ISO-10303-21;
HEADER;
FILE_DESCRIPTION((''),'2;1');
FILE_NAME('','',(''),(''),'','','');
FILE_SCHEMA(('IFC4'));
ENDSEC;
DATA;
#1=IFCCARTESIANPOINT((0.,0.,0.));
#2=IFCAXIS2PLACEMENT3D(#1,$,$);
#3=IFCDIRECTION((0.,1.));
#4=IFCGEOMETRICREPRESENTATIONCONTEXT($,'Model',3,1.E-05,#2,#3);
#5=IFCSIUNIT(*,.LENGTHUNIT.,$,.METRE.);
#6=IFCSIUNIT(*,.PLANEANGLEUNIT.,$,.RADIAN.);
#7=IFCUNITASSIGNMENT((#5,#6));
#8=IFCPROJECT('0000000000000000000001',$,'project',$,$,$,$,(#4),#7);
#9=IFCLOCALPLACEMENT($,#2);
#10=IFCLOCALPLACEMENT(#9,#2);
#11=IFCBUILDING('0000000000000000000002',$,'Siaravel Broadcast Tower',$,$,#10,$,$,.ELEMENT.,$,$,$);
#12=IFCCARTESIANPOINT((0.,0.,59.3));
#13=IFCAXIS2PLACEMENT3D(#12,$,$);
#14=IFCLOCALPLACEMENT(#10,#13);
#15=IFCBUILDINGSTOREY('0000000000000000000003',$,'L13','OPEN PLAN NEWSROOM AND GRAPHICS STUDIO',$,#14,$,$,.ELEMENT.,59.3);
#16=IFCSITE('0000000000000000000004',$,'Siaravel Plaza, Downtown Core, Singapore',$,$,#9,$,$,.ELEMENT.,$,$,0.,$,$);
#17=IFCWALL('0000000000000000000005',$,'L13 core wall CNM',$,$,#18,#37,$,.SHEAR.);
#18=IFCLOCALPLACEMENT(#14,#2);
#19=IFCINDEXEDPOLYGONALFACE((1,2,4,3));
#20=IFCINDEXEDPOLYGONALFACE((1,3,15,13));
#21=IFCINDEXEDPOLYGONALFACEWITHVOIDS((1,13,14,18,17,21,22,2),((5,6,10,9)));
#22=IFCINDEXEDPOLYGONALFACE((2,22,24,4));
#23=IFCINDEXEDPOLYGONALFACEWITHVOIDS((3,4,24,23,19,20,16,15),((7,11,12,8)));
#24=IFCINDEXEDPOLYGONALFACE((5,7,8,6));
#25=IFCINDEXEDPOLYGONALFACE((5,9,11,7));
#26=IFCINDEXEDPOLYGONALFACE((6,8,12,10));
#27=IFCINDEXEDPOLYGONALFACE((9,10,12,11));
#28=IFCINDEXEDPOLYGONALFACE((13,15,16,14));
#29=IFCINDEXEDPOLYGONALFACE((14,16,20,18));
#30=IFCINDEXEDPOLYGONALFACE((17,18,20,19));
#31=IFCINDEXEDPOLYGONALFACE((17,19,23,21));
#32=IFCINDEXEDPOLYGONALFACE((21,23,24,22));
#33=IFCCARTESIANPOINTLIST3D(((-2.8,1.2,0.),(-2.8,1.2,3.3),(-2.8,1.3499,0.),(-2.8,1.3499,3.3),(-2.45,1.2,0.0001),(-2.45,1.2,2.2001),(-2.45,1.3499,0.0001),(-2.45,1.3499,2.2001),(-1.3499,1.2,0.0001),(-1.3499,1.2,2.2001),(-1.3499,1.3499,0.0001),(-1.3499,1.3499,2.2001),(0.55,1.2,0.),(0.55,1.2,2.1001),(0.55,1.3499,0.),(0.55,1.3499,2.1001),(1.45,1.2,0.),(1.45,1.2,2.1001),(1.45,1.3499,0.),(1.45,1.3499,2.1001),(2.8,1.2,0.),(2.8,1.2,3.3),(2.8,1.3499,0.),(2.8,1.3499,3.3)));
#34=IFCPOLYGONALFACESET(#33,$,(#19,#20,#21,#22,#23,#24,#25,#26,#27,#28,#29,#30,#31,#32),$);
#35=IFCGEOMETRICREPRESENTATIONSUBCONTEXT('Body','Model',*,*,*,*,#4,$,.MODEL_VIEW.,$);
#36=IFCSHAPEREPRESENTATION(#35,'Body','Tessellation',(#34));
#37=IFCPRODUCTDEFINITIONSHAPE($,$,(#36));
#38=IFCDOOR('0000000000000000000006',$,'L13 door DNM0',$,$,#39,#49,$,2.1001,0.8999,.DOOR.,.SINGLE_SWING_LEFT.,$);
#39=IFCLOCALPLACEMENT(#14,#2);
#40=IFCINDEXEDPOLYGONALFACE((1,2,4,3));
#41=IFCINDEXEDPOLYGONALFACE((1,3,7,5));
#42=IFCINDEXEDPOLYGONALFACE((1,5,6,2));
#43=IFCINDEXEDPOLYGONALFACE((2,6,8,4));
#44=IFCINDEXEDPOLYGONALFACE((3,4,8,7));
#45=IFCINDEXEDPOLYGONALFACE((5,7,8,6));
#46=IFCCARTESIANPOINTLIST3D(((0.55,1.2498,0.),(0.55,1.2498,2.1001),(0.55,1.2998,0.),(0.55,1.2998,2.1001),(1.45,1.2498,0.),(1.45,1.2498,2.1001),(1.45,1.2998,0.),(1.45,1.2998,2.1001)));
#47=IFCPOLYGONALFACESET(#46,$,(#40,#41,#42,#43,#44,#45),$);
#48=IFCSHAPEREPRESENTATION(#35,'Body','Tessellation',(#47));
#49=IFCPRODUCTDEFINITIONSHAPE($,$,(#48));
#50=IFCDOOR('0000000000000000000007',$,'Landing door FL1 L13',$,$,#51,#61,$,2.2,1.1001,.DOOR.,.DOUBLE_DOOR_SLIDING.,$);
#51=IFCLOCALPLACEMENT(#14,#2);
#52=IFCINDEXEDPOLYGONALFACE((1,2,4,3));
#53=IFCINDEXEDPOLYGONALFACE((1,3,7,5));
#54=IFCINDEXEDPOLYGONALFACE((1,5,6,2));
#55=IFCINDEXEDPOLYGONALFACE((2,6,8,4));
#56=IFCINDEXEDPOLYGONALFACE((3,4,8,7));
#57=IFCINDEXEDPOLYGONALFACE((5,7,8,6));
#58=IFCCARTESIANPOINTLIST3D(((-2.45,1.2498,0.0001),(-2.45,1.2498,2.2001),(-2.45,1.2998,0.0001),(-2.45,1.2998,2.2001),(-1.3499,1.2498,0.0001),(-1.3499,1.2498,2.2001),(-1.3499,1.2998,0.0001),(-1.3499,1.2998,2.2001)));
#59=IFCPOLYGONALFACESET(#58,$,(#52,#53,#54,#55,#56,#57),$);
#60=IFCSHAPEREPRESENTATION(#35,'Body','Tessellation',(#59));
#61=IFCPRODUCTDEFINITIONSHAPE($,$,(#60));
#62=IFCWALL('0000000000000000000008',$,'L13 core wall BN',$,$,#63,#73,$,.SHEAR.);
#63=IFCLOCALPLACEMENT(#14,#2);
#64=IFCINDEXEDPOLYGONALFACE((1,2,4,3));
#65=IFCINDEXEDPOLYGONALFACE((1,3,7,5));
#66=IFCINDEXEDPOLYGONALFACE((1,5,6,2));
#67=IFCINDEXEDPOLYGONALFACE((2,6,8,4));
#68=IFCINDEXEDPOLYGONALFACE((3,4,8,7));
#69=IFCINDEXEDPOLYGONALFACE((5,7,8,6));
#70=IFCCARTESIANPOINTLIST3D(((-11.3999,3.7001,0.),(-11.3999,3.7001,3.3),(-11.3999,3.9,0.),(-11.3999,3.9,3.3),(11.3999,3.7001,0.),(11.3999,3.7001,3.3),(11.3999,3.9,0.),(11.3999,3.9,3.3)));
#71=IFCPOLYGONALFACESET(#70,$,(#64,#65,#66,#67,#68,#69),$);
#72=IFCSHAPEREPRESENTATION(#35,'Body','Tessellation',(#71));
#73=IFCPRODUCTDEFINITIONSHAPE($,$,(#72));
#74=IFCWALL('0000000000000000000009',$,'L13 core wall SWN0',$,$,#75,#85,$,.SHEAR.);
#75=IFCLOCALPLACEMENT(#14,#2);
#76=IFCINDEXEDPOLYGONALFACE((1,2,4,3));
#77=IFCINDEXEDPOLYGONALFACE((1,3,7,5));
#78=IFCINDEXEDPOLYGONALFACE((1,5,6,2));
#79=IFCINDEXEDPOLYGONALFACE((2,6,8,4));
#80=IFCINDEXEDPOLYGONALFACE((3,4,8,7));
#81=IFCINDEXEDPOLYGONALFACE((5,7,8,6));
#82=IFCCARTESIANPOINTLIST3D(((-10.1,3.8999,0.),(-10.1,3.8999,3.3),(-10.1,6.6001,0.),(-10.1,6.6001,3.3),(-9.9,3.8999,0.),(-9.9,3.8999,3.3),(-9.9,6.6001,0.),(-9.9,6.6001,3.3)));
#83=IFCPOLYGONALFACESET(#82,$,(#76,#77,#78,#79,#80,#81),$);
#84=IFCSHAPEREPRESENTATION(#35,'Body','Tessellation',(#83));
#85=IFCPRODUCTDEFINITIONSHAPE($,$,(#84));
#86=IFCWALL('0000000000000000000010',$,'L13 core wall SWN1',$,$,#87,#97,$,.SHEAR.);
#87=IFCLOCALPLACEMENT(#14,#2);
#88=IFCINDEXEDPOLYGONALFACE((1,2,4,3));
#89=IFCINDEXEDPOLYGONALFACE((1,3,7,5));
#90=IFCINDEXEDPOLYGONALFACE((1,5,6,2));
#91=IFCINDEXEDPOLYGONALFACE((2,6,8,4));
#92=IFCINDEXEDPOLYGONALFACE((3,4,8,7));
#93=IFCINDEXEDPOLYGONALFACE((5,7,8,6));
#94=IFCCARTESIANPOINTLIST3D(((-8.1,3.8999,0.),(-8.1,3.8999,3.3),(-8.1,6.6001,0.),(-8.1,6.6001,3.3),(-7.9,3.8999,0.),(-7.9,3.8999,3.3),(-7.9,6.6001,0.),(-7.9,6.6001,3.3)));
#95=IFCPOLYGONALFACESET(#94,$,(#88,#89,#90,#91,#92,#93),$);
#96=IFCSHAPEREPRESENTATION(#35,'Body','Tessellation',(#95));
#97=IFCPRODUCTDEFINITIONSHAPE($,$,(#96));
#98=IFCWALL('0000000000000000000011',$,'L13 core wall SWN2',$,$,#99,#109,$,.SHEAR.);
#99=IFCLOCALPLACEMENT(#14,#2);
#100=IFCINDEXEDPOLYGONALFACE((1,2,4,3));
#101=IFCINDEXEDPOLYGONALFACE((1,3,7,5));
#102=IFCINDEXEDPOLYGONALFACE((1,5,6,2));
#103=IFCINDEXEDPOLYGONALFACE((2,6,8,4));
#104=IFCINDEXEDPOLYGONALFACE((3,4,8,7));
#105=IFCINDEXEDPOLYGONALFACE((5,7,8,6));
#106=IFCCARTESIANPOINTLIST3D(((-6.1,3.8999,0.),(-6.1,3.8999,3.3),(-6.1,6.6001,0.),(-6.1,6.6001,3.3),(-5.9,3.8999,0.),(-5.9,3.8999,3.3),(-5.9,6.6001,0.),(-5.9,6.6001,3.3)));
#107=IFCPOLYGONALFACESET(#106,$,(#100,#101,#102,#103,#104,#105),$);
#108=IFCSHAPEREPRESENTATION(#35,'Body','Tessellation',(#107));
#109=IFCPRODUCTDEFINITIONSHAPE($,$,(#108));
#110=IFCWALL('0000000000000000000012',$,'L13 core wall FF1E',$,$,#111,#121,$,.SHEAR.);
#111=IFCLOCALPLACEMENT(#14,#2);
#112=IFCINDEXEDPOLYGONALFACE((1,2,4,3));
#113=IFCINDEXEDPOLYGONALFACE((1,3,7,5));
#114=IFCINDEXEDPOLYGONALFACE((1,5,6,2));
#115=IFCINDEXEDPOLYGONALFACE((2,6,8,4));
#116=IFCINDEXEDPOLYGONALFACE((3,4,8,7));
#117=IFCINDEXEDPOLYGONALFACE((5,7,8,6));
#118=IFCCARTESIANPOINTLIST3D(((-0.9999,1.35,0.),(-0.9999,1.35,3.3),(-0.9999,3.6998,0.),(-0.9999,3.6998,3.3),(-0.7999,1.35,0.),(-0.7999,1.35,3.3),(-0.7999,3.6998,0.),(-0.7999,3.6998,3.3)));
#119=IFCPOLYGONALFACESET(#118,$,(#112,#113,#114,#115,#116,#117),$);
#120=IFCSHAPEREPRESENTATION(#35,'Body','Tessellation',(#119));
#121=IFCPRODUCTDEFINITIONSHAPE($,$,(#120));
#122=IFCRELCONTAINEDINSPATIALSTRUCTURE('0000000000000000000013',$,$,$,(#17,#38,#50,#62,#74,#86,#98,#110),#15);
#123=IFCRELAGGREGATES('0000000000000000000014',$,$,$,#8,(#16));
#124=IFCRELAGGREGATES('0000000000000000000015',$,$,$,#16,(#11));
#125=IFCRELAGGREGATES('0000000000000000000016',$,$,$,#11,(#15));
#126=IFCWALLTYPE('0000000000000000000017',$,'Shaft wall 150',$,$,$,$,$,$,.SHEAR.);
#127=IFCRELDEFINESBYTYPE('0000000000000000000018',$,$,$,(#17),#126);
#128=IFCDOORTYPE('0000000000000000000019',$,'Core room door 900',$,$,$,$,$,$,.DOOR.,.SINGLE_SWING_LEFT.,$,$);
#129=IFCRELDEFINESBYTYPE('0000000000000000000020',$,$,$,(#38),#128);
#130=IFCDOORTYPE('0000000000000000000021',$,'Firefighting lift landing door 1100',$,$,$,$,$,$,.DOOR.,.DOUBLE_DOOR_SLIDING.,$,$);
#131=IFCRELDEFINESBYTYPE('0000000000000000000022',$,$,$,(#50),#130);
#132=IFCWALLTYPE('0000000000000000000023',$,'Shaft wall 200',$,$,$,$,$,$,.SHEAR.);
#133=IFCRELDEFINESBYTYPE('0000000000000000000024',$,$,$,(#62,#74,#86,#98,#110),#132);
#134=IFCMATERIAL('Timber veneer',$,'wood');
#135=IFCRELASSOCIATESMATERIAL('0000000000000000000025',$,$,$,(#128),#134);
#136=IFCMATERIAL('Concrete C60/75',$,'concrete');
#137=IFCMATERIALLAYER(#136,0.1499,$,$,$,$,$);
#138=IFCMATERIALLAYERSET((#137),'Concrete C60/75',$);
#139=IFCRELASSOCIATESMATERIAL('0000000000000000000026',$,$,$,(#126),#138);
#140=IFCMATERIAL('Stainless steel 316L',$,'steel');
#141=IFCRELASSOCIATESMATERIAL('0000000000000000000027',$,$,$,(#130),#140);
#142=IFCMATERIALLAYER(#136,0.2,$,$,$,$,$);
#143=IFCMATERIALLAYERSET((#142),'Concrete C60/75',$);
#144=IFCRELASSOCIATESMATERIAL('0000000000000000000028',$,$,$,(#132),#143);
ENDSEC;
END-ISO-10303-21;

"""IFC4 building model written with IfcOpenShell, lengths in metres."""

from ifc_helpers import new_model, si_unit, direction, frame, frame_2d, origin, place, context, subcontext, project, spatial, rectangle, extrude, material, layer, layer_set, type_object, element, fill, save


model = new_model("IFC4")

# Units and contexts
model_context = context("Model", 3, precision=1e-05, world=origin(), true_north=direction((0.0, 1.0)))
body_context = subcontext(model_context, "Body", "Model", "MODEL_VIEW")
ifc_project = project(units=[si_unit("LENGTHUNIT", "METRE"), si_unit("PLANEANGLEUNIT", "RADIAN")], contexts=[model_context])

# Site, building, storey
site_placement = place(None, origin())
site = spatial("IfcSite", under=ifc_project, at=site_placement, Name="Siaravel Plaza, Downtown Core, Singapore", CompositionType="ELEMENT", RefElevation=0.0)
building_placement = place(site_placement, origin())
building = spatial("IfcBuilding", under=site, at=building_placement, Name="Siaravel Broadcast Tower", CompositionType="ELEMENT")
storey_placement = place(building_placement, frame((0.0, 0.0, 59.3)))
storey = spatial("IfcBuildingStorey", under=building, at=storey_placement, Name="L13", Description="OPEN PLAN NEWSROOM AND GRAPHICS STUDIO", CompositionType="ELEMENT", Elevation=59.3)

# Shared definitions
ifc_material_1 = material(Name="Concrete C60/75", Category="concrete")
ifc_material_2 = material(Name="Timber veneer", Category="wood")
door_type_1 = type_object("IfcDoorType", Name="Core room door 900", OperationType="SINGLE_SWING_LEFT", PredefinedType="DOOR", material=ifc_material_2)
ifc_material_3 = material(Name="Stainless steel 316L", Category="steel")

# Wall, openings, doors
ifc_layer_1 = layer(ifc_material_1, 0.1499)
ifc_layer_set_1 = layer_set([ifc_layer_1], Name="Concrete C60/75")
wall_type_1 = type_object("IfcWallType", Name="Shaft wall 150", PredefinedType="SHEAR", material=ifc_layer_set_1)
wall_1_placement = place(storey_placement, frame((-2.8, 1.2749, 0.0), z_axis=(0.0, 0.0, 1.0), x_axis=(1.0, 0.0, 0.0)))
wall_1 = element("IfcWall", 1, at=wall_1_placement, inside=storey, type_object=wall_type_1, Name="L13 core wall CNM", PredefinedType="SHEAR", context=body_context, shape_type="SweptSolid", body=[
    extrude(rectangle(XDim=5.6001, YDim=0.1499, at=frame_2d((2.8, 0.0))), origin(), (0.0, 0.0, 1.0), 3.3),
])
opening_1_placement = place(wall_1_placement, frame((0.3501, 0.0, 0.0)))
opening_1 = element("IfcOpeningElement", 2, at=opening_1_placement, cuts=wall_1, PredefinedType="OPENING", context=body_context, shape_type="SweptSolid", body=[
    extrude(rectangle(XDim=1.1001, YDim=2.2, at=frame_2d((0.55, 1.1001))), frame((0.0, 0.085, 0.0), z_axis=(0.0, -1.0, 0.0), x_axis=(1.0, 0.0, 0.0)), (0.0, 0.0, 1.0), 0.1699),
])
opening_2_placement = place(wall_1_placement, frame((3.3501, 0.0, 0.0)))
opening_2 = element("IfcOpeningElement", 3, at=opening_2_placement, cuts=wall_1, PredefinedType="OPENING", context=body_context, shape_type="SweptSolid", body=[
    extrude(rectangle(XDim=0.8999, YDim=2.1001, at=frame_2d((0.45, 1.05))), frame((0.0, 0.085, 0.0), z_axis=(0.0, -1.0, 0.0), x_axis=(1.0, 0.0, 0.0)), (0.0, 0.0, 1.0), 0.1699),
])
door_1_placement = place(opening_2_placement, origin())
door_1 = element("IfcDoor", 4, at=door_1_placement, inside=storey, type_object=door_type_1, Name="L13 door DNM0", OperationType="SINGLE_SWING_LEFT", OverallHeight=2.1001, OverallWidth=0.8999, PredefinedType="DOOR", context=body_context, shape_type="SweptSolid", body=[
    extrude(rectangle(XDim=0.8999, YDim=2.1001, at=frame_2d((0.45, 1.05))), frame((0.0, 0.0249, 0.0), z_axis=(0.0, -1.0, 0.0), x_axis=(1.0, 0.0, 0.0)), (0.0, 0.0, 1.0), 0.05),
])
fill(opening_2, door_1)
door_type_2 = type_object("IfcDoorType", Name="Firefighting lift landing door 1100", OperationType="DOUBLE_DOOR_SLIDING", PredefinedType="DOOR", material=ifc_material_3)
door_2_placement = place(opening_1_placement, origin())
door_2 = element("IfcDoor", 5, at=door_2_placement, inside=storey, type_object=door_type_2, Name="Landing door FL1 L13", OperationType="DOUBLE_DOOR_SLIDING", OverallHeight=2.2, OverallWidth=1.1001, PredefinedType="DOOR", context=body_context, shape_type="SweptSolid", body=[
    extrude(rectangle(XDim=1.1001, YDim=2.2, at=frame_2d((0.55, 1.1001))), frame((0.0, 0.0249, 0.0), z_axis=(0.0, -1.0, 0.0), x_axis=(1.0, 0.0, 0.0)), (0.0, 0.0, 1.0), 0.05),
])
fill(opening_1, door_2)

# Walls
ifc_layer_2 = layer(ifc_material_1, 0.2)
ifc_layer_set_2 = layer_set([ifc_layer_2], Name="Concrete C60/75")
wall_type_2 = type_object("IfcWallType", Name="Shaft wall 200", PredefinedType="SHEAR", material=ifc_layer_set_2)
wall_2_placement = place(storey_placement, frame((-11.3999, 3.8, 0.0), z_axis=(0.0, 0.0, 1.0), x_axis=(1.0, 0.0, 0.0)))
element("IfcWall", 6, at=wall_2_placement, inside=storey, type_object=wall_type_2, Name="L13 core wall BN", PredefinedType="SHEAR", context=body_context, shape_type="SweptSolid", body=[
    extrude(rectangle(XDim=22.7998, YDim=0.2, at=frame_2d((11.3999, 0.0))), origin(), (0.0, 0.0, 1.0), 3.3),
])
for number, where, z_axis, x_axis, name in (
    (7, (-10.0, 3.8999, 0.0), (0.0, 0.0, 1.0), (0.0, 1.0, 0.0), "L13 core wall SWN0"),
    (8, (-8.0, 3.8999, 0.0), (0.0, 0.0, 1.0), (0.0, 1.0, 0.0), "L13 core wall SWN1"),
    (9, (-6.0, 3.8999, 0.0), (0.0, 0.0, 1.0), (0.0, 1.0, 0.0), "L13 core wall SWN2"),
):
    element("IfcWall", number, at=place(storey_placement, frame(where, z_axis=z_axis, x_axis=x_axis)), inside=storey, type_object=wall_type_2, Name=name, PredefinedType="SHEAR", context=body_context, shape_type="SweptSolid", body=[
        extrude(rectangle(XDim=2.7002, YDim=0.2, at=frame_2d((1.3501, 0.0))), origin(), (0.0, 0.0, 1.0), 3.3),
    ])
wall_3_placement = place(storey_placement, frame((-0.8999, 1.3501, 0.0), z_axis=(0.0, 0.0, 1.0), x_axis=(0.0, 1.0, 0.0)))
element("IfcWall", 10, at=wall_3_placement, inside=storey, type_object=wall_type_2, Name="L13 core wall FF1E", PredefinedType="SHEAR", context=body_context, shape_type="SweptSolid", body=[
    extrude(rectangle(XDim=2.3499, YDim=0.2, at=frame_2d((1.1748, 0.0))), origin(), (0.0, 0.0, 1.0), 3.3),
])

save(model, "model.ifc")
